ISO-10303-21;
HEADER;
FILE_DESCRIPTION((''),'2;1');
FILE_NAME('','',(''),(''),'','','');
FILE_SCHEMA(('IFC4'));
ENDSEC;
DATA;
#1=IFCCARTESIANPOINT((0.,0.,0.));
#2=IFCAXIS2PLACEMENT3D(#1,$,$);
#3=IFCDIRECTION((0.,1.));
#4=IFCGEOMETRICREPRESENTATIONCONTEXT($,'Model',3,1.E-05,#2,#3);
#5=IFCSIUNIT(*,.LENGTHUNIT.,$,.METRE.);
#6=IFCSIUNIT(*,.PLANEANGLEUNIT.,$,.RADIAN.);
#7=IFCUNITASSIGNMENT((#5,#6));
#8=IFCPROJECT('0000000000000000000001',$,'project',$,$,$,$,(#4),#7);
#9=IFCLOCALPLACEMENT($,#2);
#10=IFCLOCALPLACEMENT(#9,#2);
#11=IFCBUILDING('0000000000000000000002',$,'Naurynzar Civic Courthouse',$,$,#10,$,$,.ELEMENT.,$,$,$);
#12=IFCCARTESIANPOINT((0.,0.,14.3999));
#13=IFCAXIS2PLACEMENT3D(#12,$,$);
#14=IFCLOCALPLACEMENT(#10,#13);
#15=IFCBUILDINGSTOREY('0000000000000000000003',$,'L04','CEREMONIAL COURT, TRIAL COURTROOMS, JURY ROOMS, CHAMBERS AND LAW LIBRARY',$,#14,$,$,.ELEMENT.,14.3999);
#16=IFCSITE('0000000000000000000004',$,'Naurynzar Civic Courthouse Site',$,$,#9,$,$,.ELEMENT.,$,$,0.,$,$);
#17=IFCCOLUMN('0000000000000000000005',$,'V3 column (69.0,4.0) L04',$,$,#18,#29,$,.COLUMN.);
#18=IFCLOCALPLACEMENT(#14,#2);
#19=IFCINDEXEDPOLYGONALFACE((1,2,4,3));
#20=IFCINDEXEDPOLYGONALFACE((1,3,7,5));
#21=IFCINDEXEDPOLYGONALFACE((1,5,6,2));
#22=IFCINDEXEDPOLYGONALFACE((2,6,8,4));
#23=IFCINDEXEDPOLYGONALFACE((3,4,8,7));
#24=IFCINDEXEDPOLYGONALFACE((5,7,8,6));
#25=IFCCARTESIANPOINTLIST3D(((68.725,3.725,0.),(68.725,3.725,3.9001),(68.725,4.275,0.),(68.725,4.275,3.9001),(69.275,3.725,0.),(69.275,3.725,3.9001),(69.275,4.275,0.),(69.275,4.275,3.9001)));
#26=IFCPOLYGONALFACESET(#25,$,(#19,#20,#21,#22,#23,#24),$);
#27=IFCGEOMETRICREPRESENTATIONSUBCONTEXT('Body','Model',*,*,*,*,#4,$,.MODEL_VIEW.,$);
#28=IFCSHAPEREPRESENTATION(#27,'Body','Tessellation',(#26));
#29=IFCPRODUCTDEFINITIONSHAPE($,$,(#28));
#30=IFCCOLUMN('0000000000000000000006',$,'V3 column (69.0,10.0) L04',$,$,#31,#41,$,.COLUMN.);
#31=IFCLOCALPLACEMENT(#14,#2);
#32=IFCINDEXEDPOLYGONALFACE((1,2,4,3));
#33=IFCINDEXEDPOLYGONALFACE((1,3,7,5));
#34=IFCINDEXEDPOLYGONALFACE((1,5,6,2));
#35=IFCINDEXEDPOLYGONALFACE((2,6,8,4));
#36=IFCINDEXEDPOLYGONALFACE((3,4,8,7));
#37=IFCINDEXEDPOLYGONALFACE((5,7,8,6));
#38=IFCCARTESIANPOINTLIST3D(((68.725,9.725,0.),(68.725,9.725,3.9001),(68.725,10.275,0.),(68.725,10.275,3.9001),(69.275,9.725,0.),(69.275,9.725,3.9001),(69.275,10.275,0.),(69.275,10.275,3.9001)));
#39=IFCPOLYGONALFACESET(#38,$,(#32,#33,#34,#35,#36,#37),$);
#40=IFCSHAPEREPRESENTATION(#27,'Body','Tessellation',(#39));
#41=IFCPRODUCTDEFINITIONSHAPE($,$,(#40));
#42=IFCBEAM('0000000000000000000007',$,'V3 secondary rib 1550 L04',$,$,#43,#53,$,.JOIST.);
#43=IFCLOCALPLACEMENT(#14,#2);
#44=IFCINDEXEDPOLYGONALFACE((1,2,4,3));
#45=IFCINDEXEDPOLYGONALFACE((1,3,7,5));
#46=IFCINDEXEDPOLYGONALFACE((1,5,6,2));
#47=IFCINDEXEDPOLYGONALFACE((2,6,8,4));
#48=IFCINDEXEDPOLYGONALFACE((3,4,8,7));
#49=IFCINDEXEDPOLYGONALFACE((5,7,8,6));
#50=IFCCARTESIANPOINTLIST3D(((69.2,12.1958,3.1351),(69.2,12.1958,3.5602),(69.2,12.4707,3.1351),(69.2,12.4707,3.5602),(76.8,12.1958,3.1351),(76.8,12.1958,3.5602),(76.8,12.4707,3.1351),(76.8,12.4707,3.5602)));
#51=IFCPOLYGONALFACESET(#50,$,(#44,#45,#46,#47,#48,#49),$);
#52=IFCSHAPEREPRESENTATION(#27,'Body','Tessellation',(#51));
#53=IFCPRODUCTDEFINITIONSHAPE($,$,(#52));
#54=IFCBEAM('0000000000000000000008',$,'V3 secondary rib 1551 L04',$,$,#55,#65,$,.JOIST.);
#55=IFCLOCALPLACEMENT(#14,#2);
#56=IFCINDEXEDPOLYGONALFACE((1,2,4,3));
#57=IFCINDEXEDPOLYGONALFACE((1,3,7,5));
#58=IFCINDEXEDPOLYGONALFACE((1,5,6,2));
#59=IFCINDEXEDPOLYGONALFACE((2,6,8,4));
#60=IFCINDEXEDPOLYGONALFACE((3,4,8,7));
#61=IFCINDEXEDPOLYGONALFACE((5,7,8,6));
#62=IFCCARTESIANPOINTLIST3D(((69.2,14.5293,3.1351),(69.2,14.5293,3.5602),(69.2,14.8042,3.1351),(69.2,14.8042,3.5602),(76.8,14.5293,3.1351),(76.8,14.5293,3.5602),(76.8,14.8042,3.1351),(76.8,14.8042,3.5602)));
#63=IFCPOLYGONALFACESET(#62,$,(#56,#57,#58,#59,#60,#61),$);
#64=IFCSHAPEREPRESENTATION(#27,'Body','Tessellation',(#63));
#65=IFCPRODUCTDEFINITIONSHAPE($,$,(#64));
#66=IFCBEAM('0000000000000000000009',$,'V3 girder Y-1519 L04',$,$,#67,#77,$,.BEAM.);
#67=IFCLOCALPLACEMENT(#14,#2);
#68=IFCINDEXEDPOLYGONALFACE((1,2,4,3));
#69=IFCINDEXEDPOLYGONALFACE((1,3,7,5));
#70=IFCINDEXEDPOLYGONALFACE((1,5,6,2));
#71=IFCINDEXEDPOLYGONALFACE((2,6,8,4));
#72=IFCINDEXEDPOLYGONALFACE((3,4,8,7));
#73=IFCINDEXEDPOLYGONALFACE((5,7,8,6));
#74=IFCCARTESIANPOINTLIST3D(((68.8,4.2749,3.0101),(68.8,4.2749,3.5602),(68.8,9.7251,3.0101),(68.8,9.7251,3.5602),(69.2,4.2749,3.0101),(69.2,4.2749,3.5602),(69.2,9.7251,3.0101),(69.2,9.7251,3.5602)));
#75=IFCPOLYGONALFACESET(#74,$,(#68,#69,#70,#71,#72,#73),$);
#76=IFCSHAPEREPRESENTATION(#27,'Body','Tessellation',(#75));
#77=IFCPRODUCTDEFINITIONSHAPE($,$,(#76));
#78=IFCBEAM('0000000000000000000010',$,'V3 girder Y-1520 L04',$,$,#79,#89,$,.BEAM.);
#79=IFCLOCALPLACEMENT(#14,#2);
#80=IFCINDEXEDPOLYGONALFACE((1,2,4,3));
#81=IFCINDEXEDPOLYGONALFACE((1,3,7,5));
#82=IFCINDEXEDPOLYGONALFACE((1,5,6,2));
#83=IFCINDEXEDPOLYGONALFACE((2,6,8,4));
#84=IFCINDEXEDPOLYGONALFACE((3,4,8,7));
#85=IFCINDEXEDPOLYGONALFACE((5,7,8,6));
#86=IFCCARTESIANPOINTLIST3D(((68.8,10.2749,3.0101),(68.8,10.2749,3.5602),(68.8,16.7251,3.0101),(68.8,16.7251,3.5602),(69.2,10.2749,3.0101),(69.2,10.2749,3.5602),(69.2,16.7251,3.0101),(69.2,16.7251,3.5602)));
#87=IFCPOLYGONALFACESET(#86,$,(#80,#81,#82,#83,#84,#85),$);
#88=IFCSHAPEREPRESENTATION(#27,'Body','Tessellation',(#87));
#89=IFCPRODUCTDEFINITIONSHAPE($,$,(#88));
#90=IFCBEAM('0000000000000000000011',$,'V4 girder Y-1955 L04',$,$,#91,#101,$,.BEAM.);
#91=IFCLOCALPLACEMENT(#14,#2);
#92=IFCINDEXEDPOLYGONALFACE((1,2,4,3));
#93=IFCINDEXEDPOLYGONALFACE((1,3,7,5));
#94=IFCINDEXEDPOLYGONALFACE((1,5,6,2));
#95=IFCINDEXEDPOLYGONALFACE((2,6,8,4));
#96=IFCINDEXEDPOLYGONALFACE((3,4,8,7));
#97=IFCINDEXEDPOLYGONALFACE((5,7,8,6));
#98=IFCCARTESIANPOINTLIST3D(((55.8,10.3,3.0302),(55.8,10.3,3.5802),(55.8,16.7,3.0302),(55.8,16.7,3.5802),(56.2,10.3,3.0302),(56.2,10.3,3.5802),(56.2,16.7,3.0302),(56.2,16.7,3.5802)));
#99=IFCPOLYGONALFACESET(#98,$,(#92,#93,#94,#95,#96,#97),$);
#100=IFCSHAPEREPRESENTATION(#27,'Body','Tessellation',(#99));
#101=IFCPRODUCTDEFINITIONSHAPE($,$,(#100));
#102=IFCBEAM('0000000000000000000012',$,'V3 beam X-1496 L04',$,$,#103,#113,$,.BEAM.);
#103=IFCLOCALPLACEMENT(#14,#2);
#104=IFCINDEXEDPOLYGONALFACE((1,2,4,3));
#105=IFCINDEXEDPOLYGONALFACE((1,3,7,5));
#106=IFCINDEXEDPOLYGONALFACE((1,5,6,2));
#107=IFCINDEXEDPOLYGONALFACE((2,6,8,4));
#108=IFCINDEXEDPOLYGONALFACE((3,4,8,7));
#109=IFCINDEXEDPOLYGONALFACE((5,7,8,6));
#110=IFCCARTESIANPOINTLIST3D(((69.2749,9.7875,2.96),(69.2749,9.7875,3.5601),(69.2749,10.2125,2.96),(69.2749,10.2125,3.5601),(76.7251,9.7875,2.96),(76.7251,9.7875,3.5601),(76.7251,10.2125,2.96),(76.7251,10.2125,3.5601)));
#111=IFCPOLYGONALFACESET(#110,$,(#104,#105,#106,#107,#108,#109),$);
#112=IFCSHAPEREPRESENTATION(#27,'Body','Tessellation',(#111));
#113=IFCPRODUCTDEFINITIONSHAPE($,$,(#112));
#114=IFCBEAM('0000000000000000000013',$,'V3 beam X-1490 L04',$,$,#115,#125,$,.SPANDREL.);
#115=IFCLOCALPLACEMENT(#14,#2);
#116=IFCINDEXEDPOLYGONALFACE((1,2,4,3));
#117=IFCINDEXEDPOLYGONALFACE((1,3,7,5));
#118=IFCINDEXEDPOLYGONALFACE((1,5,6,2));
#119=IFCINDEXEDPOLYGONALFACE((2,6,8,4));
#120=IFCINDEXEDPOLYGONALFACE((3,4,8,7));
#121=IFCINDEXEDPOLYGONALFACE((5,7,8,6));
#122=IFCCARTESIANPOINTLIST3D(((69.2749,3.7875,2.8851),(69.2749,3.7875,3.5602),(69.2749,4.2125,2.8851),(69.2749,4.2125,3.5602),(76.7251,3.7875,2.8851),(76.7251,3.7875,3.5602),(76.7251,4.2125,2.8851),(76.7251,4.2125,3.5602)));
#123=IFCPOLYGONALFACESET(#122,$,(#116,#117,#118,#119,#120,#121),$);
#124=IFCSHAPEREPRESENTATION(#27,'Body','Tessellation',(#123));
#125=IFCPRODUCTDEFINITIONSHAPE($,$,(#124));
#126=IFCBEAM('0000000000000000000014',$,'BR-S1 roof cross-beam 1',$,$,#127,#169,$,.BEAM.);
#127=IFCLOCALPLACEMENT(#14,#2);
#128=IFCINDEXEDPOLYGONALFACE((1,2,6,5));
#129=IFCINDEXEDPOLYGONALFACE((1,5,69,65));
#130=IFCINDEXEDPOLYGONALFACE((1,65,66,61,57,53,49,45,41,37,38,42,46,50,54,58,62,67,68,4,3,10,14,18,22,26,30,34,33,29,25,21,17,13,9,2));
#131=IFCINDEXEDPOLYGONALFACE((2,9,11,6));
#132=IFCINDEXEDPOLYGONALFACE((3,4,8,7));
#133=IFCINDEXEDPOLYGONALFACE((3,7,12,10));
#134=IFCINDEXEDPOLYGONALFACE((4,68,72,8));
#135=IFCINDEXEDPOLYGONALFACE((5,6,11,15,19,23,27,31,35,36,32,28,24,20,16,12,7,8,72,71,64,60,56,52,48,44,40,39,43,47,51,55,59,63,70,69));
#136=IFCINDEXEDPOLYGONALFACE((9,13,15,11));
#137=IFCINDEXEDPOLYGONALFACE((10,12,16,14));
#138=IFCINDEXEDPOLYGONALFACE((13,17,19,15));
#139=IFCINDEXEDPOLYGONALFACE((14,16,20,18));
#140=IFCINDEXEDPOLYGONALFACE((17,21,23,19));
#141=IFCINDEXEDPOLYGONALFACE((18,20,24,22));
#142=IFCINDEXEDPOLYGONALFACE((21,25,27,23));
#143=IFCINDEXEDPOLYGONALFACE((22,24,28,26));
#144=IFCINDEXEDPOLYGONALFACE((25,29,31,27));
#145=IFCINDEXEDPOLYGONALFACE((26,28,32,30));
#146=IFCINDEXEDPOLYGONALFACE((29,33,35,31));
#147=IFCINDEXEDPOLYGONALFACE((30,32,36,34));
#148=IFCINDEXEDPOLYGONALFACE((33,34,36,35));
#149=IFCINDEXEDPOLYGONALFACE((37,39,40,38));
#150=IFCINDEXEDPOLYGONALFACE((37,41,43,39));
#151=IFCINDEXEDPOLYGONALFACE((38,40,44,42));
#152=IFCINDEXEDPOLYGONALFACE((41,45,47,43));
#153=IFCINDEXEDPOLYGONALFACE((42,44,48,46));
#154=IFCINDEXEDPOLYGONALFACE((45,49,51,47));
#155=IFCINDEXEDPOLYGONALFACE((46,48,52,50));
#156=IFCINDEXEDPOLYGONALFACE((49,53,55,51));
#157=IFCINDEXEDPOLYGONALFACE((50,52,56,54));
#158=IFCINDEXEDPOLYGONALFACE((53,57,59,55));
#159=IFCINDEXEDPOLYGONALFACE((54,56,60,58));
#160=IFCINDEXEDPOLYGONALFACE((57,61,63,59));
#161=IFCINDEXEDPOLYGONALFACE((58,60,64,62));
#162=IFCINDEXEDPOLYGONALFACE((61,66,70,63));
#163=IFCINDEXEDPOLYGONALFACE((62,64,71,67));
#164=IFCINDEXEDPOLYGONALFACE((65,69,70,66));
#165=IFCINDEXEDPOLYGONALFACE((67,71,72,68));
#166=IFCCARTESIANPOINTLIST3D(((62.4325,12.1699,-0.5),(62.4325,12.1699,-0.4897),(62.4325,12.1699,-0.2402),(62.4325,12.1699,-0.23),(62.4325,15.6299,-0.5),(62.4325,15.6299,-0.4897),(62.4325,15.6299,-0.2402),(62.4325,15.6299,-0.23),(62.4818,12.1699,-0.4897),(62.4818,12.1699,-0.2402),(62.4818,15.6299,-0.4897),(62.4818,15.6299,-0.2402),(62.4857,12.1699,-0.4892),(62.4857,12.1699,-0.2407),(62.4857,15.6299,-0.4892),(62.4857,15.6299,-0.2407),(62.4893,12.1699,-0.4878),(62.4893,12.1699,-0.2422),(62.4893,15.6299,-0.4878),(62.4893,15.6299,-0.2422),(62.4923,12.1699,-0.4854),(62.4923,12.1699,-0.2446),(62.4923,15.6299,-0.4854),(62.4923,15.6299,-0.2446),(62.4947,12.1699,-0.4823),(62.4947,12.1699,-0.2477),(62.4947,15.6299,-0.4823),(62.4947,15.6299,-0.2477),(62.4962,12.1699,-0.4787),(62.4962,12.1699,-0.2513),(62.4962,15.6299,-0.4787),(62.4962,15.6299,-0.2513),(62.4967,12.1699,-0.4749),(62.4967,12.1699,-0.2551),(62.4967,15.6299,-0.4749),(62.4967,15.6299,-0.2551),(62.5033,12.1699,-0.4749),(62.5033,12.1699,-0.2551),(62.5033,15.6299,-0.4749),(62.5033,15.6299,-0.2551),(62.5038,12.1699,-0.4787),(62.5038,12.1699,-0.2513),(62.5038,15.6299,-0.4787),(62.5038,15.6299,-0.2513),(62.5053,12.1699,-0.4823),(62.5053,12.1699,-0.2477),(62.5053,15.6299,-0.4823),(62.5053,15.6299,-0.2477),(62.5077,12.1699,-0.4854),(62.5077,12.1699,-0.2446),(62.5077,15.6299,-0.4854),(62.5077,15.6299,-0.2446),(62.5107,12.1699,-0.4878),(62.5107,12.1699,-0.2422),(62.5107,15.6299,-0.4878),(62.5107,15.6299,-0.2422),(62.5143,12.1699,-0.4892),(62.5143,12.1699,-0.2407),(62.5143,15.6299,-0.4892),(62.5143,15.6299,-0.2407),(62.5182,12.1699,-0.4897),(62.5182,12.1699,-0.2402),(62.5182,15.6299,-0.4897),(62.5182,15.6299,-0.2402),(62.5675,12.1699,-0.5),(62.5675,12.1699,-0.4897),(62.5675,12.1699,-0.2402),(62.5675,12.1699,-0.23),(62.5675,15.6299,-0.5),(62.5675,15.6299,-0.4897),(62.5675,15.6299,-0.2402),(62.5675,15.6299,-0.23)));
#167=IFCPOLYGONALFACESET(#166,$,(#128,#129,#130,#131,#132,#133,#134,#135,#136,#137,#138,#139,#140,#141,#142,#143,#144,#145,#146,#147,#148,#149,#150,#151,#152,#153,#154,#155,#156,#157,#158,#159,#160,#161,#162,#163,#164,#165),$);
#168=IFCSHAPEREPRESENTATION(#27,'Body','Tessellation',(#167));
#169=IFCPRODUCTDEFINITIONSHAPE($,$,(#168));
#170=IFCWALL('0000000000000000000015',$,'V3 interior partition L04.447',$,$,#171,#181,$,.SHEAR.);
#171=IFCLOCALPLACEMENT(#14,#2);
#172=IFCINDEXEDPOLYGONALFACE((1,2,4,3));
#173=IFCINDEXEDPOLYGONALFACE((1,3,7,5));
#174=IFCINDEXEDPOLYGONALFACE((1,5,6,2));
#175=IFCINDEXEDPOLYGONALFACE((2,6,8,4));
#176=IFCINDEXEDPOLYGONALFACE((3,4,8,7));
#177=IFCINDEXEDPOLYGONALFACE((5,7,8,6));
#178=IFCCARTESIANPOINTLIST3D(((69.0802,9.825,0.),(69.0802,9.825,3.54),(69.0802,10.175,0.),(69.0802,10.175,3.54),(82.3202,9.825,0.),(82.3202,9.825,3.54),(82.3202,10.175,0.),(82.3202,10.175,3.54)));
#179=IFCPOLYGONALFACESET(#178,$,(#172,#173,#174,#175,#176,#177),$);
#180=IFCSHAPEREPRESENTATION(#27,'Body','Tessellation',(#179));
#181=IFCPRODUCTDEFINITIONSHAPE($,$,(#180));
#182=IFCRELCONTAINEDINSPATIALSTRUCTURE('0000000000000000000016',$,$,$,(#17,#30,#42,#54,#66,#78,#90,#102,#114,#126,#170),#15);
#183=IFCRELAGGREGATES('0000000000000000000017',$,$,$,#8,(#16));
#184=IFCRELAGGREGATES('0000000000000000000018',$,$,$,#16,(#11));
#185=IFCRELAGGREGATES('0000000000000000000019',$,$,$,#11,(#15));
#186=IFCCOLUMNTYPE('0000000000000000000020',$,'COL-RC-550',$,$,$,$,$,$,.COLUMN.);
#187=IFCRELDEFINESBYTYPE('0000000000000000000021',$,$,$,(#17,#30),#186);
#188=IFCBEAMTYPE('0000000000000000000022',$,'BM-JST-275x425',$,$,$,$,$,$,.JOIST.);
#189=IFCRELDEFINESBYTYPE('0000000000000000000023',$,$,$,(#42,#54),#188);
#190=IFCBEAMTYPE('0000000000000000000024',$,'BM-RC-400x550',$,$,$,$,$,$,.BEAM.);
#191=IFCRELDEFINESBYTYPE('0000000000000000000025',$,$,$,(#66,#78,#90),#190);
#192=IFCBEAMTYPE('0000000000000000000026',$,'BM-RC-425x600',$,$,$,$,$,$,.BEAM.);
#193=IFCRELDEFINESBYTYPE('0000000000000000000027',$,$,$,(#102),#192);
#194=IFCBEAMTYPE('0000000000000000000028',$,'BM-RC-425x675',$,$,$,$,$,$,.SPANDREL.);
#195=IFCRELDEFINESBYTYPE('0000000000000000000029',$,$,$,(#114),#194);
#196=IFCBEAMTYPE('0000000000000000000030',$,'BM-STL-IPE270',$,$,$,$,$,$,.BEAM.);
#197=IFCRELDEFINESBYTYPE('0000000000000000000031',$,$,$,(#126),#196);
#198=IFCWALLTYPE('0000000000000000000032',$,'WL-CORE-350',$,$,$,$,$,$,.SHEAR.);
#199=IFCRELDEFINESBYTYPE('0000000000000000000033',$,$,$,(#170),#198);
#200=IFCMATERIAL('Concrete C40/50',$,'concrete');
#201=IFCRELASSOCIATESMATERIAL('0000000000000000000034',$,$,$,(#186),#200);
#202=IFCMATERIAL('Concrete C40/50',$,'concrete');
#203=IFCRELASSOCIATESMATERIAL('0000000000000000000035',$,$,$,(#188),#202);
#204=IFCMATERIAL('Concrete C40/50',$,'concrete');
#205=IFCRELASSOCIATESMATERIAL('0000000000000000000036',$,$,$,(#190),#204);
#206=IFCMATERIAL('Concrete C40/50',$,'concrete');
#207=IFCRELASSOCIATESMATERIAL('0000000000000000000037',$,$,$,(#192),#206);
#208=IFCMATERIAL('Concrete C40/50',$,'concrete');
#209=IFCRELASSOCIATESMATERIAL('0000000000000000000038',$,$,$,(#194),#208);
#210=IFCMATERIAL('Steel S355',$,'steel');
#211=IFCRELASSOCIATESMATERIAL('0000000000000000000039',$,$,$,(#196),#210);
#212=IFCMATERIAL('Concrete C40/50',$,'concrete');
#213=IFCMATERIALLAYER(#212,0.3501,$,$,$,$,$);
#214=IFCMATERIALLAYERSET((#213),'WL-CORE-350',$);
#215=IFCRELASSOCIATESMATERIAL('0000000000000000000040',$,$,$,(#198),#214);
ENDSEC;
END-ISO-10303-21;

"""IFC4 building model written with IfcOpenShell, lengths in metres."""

from ifc_helpers import new_model, si_unit, direction, frame, frame_2d, origin, origin_2d, place, context, subcontext, project, spatial, rectangle, i_section, extrude, material, layer, layer_set, material_profile, profile_set, type_object, element, save


model = new_model("IFC4")

# Units and contexts
model_context = context("Model", 3, precision=1e-05, world=origin(), true_north=direction((0.0, 1.0)))
body_context = subcontext(model_context, "Body", "Model", "MODEL_VIEW")
ifc_project = project(units=[si_unit("LENGTHUNIT", "METRE"), si_unit("PLANEANGLEUNIT", "RADIAN")], contexts=[model_context])

# Site, building, storey
site_placement = place(None, origin())
site = spatial("IfcSite", under=ifc_project, at=site_placement, Name="Naurynzar Civic Courthouse Site", CompositionType="ELEMENT", RefElevation=0.0)
building_placement = place(site_placement, origin())
building = spatial("IfcBuilding", under=site, at=building_placement, Name="Naurynzar Civic Courthouse", CompositionType="ELEMENT")
storey_placement = place(building_placement, frame((0.0, 0.0, 14.3999)))
storey = spatial("IfcBuildingStorey", under=building, at=storey_placement, Name="L04", Description="CEREMONIAL COURT, TRIAL COURTROOMS, JURY ROOMS, CHAMBERS AND LAW LIBRARY", CompositionType="ELEMENT", Elevation=14.3999)

# Columns
ifc_material_1 = material(Name="Concrete C40/50", Category="concrete")
ifc_material_profile_1 = material_profile(ifc_material_1, rectangle(XDim=0.55, YDim=0.55, at=origin_2d()), Name="RC 550x550")
ifc_profile_set_1 = profile_set([ifc_material_profile_1], Name="Concrete C40/50")
column_type = type_object("IfcColumnType", Name="COL-RC-550", PredefinedType="COLUMN", material=ifc_profile_set_1)
for number, where, z_axis, x_axis, name in (
    (1, (69.0, 4.0, 0.0), (0.0, 0.0, 1.0), (1.0, 0.0, 0.0), "V3 column (69.0,4.0) L04"),
    (2, (69.0, 10.0, 0.0), (0.0, 0.0, 1.0), (1.0, 0.0, 0.0), "V3 column (69.0,10.0) L04"),
):
    element("IfcColumn", number, at=place(storey_placement, frame(where, z_axis=z_axis, x_axis=x_axis)), inside=storey, type_object=column_type, Name=name, PredefinedType="COLUMN", context=body_context, shape_type="SweptSolid", body=[
        extrude(rectangle(XDim=0.55, YDim=0.55, at=origin_2d()), origin(), (0.0, 0.0, 1.0), 3.9001),
    ])

# Beams
ifc_material_2 = material(Name="Concrete C40/50", Category="concrete")
ifc_material_profile_2 = material_profile(ifc_material_2, rectangle(XDim=0.2749, YDim=0.425, at=origin_2d()), Name="RCB 275x425")
ifc_profile_set_2 = profile_set([ifc_material_profile_2], Name="Concrete C40/50")
beam_type_1 = type_object("IfcBeamType", Name="BM-JST-275x425", PredefinedType="JOIST", material=ifc_profile_set_2)
for number, where, z_axis, x_axis, name in (
    (3, (69.2, 12.3333, 3.3477), (1.0, 0.0, 0.0), (0.0, 1.0, 0.0), "V3 secondary rib 1550 L04"),
    (4, (69.2, 14.6667, 3.3477), (1.0, 0.0, 0.0), (0.0, 1.0, 0.0), "V3 secondary rib 1551 L04"),
):
    element("IfcBeam", number, at=place(storey_placement, frame(where, z_axis=z_axis, x_axis=x_axis)), inside=storey, type_object=beam_type_1, Name=name, PredefinedType="JOIST", context=body_context, shape_type="SweptSolid", body=[
        extrude(rectangle(XDim=0.2749, YDim=0.425, at=origin_2d()), origin(), (0.0, 0.0, 1.0), 7.6001),
    ])
ifc_material_3 = material(Name="Concrete C40/50", Category="concrete")
ifc_material_profile_3 = material_profile(ifc_material_3, rectangle(XDim=0.3999, YDim=0.55, at=origin_2d()), Name="RCB 400x550")
ifc_profile_set_3 = profile_set([ifc_material_profile_3], Name="Concrete C40/50")
beam_type_2 = type_object("IfcBeamType", Name="BM-RC-400x550", PredefinedType="BEAM", material=ifc_profile_set_3)
beam_1_placement = place(storey_placement, frame((69.0, 4.2749, 3.2852), z_axis=(0.0, 1.0, 0.0), x_axis=(-1.0, 0.0, 0.0)))
element("IfcBeam", 5, at=beam_1_placement, inside=storey, type_object=beam_type_2, Name="V3 girder Y-1519 L04", PredefinedType="BEAM", context=body_context, shape_type="SweptSolid", body=[
    extrude(rectangle(XDim=0.3999, YDim=0.55, at=origin_2d()), origin(), (0.0, 0.0, 1.0), 5.4502),
])
beam_2_placement = place(storey_placement, frame((69.0, 10.2749, 3.2852), z_axis=(0.0, 1.0, 0.0), x_axis=(-1.0, 0.0, 0.0)))
element("IfcBeam", 6, at=beam_2_placement, inside=storey, type_object=beam_type_2, Name="V3 girder Y-1520 L04", PredefinedType="BEAM", context=body_context, shape_type="SweptSolid", body=[
    extrude(rectangle(XDim=0.3999, YDim=0.55, at=origin_2d()), origin(), (0.0, 0.0, 1.0), 6.4502),
])
beam_3_placement = place(storey_placement, frame((56.0, 10.3, 3.3052), z_axis=(0.0, 1.0, 0.0), x_axis=(-1.0, 0.0, 0.0)))
element("IfcBeam", 7, at=beam_3_placement, inside=storey, type_object=beam_type_2, Name="V4 girder Y-1955 L04", PredefinedType="BEAM", context=body_context, shape_type="SweptSolid", body=[
    extrude(rectangle(XDim=0.3999, YDim=0.55, at=origin_2d()), origin(), (0.0, 0.0, 1.0), 6.3999),
])
ifc_material_4 = material(Name="Concrete C40/50", Category="concrete")
ifc_material_profile_4 = material_profile(ifc_material_4, rectangle(XDim=0.425, YDim=0.6001, at=origin_2d()), Name="RCB 425x600")
ifc_profile_set_4 = profile_set([ifc_material_profile_4], Name="Concrete C40/50")
beam_type_3 = type_object("IfcBeamType", Name="BM-RC-425x600", PredefinedType="BEAM", material=ifc_profile_set_4)
beam_4_placement = place(storey_placement, frame((69.2749, 10.0, 3.26), z_axis=(1.0, 0.0, 0.0), x_axis=(0.0, 1.0, 0.0)))
element("IfcBeam", 8, at=beam_4_placement, inside=storey, type_object=beam_type_3, Name="V3 beam X-1496 L04", PredefinedType="BEAM", context=body_context, shape_type="SweptSolid", body=[
    extrude(rectangle(XDim=0.425, YDim=0.6001, at=origin_2d()), origin(), (0.0, 0.0, 1.0), 7.4502),
])
ifc_material_5 = material(Name="Concrete C40/50", Category="concrete")
ifc_material_profile_5 = material_profile(ifc_material_5, rectangle(XDim=0.425, YDim=0.675, at=origin_2d()), Name="RCB 425x675")
ifc_profile_set_5 = profile_set([ifc_material_profile_5], Name="Concrete C40/50")
beam_type_4 = type_object("IfcBeamType", Name="BM-RC-425x675", PredefinedType="SPANDREL", material=ifc_profile_set_5)
beam_5_placement = place(storey_placement, frame((69.2749, 4.0, 3.2227), z_axis=(1.0, 0.0, 0.0), x_axis=(0.0, 1.0, 0.0)))
element("IfcBeam", 9, at=beam_5_placement, inside=storey, type_object=beam_type_4, Name="V3 beam X-1490 L04", PredefinedType="SPANDREL", context=body_context, shape_type="SweptSolid", body=[
    extrude(rectangle(XDim=0.425, YDim=0.675, at=origin_2d()), origin(), (0.0, 0.0, 1.0), 7.4502),
])
ifc_material_6 = material(Name="Steel S355", Category="steel")
ifc_material_profile_6 = material_profile(ifc_material_6, i_section(OverallWidth=0.135, OverallDepth=0.27, WebThickness=0.0066, FlangeThickness=0.0103, FilletRadius=0.0149, at=origin_2d()), Name="IPE 270")
ifc_profile_set_6 = profile_set([ifc_material_profile_6], Name="Steel S355")
beam_type_5 = type_object("IfcBeamType", Name="BM-STL-IPE270", PredefinedType="BEAM", material=ifc_profile_set_6)
beam_6_placement = place(storey_placement, frame((62.5, 12.1699, -0.365), z_axis=(0.0, 1.0, 0.0), x_axis=(-1.0, 0.0, 0.0)))
element("IfcBeam", 10, at=beam_6_placement, inside=storey, type_object=beam_type_5, Name="BR-S1 roof cross-beam 1", PredefinedType="BEAM", context=body_context, shape_type="SweptSolid", body=[
    extrude(i_section(OverallWidth=0.135, OverallDepth=0.27, WebThickness=0.0066, FlangeThickness=0.0103, FilletRadius=0.0149, at=origin_2d()), origin(), (0.0, 0.0, 1.0), 3.46),
])

# Wall
ifc_material_7 = material(Name="Concrete C40/50", Category="concrete")
ifc_layer_1 = layer(ifc_material_7, 0.3501)
ifc_layer_set_1 = layer_set([ifc_layer_1], Name="WL-CORE-350")
wall_type_1 = type_object("IfcWallType", Name="WL-CORE-350", PredefinedType="SHEAR", material=ifc_layer_set_1)
wall_1_placement = place(storey_placement, frame((69.0801, 10.0, 0.0), z_axis=(0.0, 0.0, 1.0), x_axis=(1.0, 0.0, 0.0)))
element("IfcWall", 11, at=wall_1_placement, inside=storey, type_object=wall_type_1, Name="V3 interior partition L04.447", PredefinedType="SHEAR", context=body_context, shape_type="SweptSolid", body=[
    extrude(rectangle(XDim=13.24, YDim=0.3501, at=frame_2d((6.6201, 0.0))), origin(), (0.0, 0.0, 1.0), 3.54),
])

save(model, "model.ifc")
